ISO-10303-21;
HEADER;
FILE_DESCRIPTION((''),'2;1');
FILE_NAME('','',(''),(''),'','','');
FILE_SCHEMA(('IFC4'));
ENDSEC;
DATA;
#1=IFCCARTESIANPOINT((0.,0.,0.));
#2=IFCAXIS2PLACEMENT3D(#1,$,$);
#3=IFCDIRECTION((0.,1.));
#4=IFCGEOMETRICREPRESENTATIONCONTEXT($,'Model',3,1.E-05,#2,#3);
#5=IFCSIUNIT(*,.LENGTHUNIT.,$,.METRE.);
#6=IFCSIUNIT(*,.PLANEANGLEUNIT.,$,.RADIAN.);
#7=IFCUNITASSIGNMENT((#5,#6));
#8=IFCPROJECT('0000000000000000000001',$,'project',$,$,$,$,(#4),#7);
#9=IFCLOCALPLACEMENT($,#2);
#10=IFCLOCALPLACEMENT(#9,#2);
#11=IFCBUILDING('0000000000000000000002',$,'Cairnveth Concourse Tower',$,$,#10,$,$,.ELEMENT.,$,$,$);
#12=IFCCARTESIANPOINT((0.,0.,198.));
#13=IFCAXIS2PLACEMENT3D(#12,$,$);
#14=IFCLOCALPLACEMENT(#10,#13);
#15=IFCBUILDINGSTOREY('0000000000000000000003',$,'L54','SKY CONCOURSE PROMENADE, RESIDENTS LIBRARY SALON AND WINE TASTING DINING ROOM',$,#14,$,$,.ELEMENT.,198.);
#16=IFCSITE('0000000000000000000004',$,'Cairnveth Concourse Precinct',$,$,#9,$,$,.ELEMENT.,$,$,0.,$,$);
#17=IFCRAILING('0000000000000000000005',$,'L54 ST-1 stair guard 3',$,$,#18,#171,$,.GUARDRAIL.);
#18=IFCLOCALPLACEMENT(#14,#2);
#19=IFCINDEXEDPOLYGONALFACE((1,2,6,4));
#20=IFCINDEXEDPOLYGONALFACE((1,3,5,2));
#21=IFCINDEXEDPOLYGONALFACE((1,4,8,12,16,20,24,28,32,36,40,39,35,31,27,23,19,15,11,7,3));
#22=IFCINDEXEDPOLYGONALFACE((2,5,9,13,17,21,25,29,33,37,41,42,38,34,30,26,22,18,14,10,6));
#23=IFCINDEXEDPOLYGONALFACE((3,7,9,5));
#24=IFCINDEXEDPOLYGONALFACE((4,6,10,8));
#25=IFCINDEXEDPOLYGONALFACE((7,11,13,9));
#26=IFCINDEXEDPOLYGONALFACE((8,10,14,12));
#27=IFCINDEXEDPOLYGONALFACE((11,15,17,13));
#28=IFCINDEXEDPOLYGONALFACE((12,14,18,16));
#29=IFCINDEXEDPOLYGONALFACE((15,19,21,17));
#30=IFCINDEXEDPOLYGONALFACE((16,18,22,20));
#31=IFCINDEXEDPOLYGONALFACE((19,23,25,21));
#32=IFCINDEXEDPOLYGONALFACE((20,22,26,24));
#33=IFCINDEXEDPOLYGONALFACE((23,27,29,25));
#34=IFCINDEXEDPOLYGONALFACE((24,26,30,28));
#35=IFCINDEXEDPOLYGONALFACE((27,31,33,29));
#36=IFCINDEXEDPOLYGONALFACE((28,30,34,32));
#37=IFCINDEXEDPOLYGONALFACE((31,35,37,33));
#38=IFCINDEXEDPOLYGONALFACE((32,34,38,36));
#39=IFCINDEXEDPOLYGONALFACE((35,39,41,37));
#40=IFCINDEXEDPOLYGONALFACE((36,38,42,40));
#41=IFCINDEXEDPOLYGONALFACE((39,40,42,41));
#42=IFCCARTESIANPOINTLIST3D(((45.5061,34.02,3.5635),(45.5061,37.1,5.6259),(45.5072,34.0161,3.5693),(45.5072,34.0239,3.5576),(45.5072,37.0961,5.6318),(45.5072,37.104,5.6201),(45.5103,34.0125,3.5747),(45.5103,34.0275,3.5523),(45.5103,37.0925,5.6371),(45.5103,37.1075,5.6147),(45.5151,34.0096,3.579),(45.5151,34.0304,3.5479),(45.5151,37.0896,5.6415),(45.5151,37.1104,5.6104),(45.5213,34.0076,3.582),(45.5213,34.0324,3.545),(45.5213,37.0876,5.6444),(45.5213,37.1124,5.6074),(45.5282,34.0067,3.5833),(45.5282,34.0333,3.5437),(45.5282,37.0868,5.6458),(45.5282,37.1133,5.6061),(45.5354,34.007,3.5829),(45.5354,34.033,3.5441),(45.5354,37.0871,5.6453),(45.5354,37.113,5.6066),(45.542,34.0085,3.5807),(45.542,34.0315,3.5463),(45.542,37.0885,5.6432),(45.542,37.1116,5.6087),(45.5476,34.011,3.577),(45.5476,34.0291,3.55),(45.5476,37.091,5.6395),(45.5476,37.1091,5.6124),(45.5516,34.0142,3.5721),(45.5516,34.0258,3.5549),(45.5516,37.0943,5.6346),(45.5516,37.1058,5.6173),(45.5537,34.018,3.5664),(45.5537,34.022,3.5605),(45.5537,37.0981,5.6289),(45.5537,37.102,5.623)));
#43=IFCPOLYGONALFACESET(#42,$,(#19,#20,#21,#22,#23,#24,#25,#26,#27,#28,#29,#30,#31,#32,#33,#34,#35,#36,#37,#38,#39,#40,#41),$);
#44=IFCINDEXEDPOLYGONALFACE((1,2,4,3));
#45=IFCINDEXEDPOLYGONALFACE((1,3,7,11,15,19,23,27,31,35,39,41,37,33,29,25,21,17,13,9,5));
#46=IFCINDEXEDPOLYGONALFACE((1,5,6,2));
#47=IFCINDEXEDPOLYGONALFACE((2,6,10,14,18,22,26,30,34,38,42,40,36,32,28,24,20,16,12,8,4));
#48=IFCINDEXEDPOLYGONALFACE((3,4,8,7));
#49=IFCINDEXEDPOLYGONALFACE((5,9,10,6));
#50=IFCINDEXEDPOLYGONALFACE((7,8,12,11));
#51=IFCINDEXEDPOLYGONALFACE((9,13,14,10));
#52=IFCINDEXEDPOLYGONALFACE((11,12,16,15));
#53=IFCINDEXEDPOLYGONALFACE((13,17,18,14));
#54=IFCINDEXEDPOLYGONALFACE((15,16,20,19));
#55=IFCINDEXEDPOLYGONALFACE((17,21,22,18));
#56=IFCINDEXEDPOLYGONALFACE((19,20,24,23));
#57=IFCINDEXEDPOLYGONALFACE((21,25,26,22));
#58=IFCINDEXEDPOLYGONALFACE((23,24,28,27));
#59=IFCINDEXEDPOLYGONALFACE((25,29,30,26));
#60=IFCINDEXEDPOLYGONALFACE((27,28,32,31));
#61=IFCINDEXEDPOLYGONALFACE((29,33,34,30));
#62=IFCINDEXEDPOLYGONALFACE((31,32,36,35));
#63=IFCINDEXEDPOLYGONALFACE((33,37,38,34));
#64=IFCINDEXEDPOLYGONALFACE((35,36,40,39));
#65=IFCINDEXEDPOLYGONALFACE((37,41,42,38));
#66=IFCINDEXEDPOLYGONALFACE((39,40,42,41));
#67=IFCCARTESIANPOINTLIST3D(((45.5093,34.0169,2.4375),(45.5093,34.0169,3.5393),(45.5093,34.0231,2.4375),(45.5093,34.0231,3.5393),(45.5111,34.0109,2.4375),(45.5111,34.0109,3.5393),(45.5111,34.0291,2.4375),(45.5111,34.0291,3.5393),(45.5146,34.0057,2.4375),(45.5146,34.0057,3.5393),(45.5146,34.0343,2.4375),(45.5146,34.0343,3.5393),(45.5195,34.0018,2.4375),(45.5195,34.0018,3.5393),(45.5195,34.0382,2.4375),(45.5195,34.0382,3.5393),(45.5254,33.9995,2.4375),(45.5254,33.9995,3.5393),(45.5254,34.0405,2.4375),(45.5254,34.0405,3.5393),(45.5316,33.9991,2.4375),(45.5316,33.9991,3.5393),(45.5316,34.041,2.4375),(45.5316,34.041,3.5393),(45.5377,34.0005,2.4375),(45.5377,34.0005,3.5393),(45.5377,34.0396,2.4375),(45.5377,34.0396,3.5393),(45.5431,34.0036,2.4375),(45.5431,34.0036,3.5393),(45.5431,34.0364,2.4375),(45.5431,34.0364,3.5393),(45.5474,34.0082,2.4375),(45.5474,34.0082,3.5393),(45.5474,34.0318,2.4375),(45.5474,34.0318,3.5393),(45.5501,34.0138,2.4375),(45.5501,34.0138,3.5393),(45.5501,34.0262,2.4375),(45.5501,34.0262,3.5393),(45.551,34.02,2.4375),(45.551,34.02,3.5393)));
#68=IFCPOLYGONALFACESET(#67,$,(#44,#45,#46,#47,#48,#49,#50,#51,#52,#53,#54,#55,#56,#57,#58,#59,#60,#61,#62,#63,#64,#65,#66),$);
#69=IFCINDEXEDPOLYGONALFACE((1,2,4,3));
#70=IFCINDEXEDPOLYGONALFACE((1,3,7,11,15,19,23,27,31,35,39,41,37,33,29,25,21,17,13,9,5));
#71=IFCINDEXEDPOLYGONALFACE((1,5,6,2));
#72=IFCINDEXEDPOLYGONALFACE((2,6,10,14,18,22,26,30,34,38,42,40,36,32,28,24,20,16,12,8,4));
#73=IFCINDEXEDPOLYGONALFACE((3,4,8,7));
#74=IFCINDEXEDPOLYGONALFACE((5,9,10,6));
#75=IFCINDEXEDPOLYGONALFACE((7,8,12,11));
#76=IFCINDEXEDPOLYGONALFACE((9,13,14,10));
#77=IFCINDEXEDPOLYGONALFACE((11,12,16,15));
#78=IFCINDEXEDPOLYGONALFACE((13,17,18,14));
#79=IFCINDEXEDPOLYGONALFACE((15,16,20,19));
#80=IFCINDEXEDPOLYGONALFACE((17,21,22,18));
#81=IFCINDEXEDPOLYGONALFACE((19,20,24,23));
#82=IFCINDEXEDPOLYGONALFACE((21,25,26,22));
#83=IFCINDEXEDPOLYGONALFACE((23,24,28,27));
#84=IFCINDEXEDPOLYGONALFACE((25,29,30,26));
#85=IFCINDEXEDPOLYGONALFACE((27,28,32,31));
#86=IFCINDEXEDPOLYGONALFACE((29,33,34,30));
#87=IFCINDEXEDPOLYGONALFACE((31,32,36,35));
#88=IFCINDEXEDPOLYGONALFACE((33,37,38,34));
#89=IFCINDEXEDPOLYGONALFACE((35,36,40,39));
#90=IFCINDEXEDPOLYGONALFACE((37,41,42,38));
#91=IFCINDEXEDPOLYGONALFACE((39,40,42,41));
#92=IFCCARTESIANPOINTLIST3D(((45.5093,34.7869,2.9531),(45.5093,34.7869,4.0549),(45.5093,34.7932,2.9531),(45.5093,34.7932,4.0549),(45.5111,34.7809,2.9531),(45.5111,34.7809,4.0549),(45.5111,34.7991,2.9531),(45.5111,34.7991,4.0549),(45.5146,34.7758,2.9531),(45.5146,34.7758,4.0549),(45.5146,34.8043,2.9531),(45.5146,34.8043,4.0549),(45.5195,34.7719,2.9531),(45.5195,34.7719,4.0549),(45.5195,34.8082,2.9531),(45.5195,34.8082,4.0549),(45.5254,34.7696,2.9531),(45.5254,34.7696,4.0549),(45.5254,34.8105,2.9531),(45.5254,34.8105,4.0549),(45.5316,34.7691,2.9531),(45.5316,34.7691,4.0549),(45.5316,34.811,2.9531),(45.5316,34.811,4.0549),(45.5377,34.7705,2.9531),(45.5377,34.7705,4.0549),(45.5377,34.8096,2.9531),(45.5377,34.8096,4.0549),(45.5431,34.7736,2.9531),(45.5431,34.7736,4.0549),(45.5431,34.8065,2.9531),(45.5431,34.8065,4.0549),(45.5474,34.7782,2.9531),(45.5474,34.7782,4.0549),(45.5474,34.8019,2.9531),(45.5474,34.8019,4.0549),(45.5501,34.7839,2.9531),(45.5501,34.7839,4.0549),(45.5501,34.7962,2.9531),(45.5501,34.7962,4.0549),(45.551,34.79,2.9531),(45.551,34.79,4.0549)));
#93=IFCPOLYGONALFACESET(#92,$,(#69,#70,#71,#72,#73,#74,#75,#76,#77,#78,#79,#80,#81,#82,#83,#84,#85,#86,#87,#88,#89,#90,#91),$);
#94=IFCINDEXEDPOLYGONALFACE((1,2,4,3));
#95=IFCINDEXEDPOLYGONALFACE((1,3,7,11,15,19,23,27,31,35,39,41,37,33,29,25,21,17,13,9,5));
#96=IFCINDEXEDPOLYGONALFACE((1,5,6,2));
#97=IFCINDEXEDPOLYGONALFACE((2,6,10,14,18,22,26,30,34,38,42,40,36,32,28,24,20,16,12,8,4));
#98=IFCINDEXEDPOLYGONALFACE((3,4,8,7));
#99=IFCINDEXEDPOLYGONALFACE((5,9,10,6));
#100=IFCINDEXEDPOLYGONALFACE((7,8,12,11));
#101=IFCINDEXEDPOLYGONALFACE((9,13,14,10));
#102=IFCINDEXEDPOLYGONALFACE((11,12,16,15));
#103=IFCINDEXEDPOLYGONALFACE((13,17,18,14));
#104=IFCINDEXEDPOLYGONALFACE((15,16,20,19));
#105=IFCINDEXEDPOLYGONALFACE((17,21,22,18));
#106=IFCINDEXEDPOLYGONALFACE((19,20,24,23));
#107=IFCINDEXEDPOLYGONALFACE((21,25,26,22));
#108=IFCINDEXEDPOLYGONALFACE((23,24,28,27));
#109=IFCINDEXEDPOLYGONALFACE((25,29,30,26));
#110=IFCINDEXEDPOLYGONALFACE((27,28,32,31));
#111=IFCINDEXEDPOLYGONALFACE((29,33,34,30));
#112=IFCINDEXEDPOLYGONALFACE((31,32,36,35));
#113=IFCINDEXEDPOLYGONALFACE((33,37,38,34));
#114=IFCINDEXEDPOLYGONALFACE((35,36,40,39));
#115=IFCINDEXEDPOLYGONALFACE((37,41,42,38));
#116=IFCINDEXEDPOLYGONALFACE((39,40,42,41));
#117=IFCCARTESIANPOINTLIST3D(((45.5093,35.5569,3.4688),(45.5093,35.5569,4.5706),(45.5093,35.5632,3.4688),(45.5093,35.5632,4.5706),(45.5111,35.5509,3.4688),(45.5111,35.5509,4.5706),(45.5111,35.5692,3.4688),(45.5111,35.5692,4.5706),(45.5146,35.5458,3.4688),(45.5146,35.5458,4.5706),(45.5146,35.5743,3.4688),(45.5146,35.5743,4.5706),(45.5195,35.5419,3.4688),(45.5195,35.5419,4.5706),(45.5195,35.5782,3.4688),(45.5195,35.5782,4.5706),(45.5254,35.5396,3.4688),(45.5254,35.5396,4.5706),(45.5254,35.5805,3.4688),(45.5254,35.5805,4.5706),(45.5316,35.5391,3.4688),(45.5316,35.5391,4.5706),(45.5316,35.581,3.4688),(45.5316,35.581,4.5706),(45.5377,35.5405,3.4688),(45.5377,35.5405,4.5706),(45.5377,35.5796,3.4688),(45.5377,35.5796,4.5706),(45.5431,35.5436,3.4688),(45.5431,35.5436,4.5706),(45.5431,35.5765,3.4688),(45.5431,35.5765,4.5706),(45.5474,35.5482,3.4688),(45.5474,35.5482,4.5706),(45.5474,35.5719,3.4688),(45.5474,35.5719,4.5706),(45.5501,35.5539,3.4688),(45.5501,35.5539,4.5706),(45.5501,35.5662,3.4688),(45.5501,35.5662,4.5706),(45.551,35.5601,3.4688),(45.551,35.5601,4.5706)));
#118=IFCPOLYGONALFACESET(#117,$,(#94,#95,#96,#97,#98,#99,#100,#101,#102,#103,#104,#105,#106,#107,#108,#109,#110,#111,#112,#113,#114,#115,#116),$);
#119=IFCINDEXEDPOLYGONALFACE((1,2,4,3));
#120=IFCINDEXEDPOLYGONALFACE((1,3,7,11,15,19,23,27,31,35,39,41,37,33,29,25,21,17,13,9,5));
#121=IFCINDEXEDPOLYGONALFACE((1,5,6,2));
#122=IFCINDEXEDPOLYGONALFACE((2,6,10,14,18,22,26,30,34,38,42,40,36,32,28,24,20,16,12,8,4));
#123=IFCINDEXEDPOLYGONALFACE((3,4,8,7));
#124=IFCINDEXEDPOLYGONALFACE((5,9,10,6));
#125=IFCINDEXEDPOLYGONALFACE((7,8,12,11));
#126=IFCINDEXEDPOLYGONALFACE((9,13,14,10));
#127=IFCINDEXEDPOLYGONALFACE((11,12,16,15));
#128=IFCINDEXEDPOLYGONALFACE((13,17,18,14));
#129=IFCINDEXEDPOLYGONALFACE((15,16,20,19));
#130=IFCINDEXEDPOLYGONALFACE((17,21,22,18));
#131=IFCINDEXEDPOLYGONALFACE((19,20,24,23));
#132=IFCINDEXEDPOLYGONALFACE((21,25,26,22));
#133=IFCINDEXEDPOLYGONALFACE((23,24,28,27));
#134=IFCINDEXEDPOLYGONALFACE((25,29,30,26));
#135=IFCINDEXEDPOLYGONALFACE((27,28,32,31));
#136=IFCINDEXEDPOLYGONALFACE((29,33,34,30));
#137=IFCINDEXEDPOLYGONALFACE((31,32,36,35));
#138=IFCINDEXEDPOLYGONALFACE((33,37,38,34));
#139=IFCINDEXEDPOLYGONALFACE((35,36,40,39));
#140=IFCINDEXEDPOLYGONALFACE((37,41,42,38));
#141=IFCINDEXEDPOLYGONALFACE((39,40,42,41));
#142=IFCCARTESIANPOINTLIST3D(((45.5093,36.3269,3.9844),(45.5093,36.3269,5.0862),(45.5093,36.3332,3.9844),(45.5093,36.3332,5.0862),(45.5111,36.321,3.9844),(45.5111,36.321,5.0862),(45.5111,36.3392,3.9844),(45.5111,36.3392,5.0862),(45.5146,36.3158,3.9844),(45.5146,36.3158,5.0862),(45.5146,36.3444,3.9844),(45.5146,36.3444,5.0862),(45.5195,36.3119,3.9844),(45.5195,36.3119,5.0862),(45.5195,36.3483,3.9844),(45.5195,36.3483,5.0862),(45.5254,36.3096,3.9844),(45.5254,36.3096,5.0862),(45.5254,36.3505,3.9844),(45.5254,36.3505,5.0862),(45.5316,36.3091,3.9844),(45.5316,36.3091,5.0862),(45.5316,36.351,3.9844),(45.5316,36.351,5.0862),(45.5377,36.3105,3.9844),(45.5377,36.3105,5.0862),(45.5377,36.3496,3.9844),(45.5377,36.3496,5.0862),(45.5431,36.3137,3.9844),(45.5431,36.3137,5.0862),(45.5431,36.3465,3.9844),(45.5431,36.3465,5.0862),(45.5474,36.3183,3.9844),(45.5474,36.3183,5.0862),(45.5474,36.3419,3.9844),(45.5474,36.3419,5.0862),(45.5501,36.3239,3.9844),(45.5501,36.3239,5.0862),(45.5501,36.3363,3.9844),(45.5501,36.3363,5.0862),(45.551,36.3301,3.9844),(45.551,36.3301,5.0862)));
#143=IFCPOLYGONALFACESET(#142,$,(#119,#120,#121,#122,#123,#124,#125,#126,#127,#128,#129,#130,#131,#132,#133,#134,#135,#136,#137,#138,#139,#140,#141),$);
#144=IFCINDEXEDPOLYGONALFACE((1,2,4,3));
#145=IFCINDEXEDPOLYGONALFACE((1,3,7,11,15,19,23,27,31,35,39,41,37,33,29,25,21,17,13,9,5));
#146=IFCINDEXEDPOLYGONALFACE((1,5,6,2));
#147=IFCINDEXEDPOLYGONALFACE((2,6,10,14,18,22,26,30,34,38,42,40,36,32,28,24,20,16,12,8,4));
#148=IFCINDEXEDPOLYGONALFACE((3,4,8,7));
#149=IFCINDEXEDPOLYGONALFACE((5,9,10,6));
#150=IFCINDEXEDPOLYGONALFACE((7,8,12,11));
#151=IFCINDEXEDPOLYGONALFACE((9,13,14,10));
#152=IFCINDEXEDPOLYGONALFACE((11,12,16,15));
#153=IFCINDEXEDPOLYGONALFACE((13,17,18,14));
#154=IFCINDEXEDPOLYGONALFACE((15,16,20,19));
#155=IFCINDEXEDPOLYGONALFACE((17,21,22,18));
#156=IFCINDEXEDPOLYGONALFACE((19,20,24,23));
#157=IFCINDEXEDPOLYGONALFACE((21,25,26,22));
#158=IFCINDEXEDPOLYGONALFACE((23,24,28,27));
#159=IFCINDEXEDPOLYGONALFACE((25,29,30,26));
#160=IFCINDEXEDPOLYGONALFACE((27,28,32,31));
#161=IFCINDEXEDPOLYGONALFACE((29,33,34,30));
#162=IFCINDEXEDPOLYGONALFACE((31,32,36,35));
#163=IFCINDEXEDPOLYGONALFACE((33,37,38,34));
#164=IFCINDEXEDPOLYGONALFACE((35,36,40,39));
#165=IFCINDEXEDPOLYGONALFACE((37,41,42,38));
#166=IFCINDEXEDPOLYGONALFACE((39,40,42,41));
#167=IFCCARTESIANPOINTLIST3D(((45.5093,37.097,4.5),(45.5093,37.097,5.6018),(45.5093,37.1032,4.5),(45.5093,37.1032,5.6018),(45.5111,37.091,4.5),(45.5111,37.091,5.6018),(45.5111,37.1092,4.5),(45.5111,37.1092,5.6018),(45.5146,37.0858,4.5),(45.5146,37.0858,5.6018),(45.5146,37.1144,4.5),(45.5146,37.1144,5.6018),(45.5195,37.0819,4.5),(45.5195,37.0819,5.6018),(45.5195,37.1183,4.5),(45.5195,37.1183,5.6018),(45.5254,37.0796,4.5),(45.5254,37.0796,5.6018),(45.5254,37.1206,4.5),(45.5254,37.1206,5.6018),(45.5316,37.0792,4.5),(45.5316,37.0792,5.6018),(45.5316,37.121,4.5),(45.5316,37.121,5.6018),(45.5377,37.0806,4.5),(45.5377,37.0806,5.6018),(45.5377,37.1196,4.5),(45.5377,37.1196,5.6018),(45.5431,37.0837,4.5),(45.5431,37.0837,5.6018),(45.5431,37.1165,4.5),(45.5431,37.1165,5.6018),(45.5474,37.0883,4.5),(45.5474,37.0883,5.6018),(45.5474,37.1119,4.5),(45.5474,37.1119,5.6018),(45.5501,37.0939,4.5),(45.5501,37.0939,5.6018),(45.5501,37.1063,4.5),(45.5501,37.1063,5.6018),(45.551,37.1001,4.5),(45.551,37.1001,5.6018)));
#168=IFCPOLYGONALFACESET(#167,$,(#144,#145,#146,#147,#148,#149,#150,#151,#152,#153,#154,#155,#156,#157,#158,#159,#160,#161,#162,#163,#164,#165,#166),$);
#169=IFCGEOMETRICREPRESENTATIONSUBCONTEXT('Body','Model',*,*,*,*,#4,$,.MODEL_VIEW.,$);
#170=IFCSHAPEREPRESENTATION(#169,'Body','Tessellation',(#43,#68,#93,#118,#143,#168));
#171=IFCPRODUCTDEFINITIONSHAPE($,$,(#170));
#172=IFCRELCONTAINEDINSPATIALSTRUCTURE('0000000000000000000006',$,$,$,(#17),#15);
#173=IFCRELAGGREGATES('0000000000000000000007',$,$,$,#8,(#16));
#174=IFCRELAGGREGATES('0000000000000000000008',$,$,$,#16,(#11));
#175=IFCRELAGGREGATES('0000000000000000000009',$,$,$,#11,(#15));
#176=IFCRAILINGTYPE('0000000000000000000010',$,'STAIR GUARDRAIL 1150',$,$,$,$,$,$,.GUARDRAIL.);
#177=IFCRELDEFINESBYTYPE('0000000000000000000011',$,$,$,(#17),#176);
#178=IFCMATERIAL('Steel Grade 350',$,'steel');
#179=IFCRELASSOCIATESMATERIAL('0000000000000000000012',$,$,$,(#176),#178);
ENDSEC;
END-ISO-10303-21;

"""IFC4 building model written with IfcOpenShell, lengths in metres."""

from ifc_helpers import new_model, si_unit, direction, frame, origin, origin_2d, place, context, subcontext, project, spatial, circle, extrude, material, type_object, element, save


model = new_model("IFC4")

# Units and contexts
model_context = context("Model", 3, precision=1e-05, world=origin(), true_north=direction((0.0, 1.0)))
body_context = subcontext(model_context, "Body", "Model", "MODEL_VIEW")
ifc_project = project(units=[si_unit("LENGTHUNIT", "METRE"), si_unit("PLANEANGLEUNIT", "RADIAN")], contexts=[model_context])

# Site, building, storey
site_placement = place(None, origin())
site = spatial("IfcSite", under=ifc_project, at=site_placement, Name="Cairnveth Concourse Precinct", CompositionType="ELEMENT", RefElevation=0.0)
building_placement = place(site_placement, origin())
building = spatial("IfcBuilding", under=site, at=building_placement, Name="Cairnveth Concourse Tower", CompositionType="ELEMENT")
storey_placement = place(building_placement, frame((0.0, 0.0, 198.0)))
storey = spatial("IfcBuildingStorey", under=building, at=storey_placement, Name="L54", Description="SKY CONCOURSE PROMENADE, RESIDENTS LIBRARY SALON AND WINE TASTING DINING ROOM", CompositionType="ELEMENT", Elevation=198.0)

# Shared definitions
ifc_material_1 = material(Name="Steel Grade 350", Category="steel")

# Railing
railing_type_1 = type_object("IfcRailingType", Name="STAIR GUARDRAIL 1150", PredefinedType="GUARDRAIL", material=ifc_material_1)
railing_1_placement = place(storey_placement, frame((45.53, 34.02, 2.4375)))
element("IfcRailing", 1, at=railing_1_placement, inside=storey, type_object=railing_type_1, Name="L54 ST-1 stair guard 3", PredefinedType="GUARDRAIL", context=body_context, shape_type="SweptSolid", body=[
    extrude(circle(Radius=0.0239, at=origin_2d()), frame((0.0, 0.0, 1.126), z_axis=(0.0, 0.830914, 0.556401), x_axis=(-1.0, 0.0, 0.0)), (0.0, 0.0, 1.0), 3.7068),
    extrude(circle(Radius=0.021, at=origin_2d()), origin(), (0.0, 0.0, 1.0), 1.1018),
    extrude(circle(Radius=0.021, at=origin_2d()), frame((0.0, 0.77, 0.5156)), (0.0, 0.0, 1.0), 1.1018),
    extrude(circle(Radius=0.021, at=origin_2d()), frame((0.0, 1.54, 1.0312)), (0.0, 0.0, 1.0), 1.1018),
    extrude(circle(Radius=0.021, at=origin_2d()), frame((0.0, 2.3101, 1.5469)), (0.0, 0.0, 1.0), 1.1018),
    extrude(circle(Radius=0.021, at=origin_2d()), frame((0.0, 3.0801, 2.0625)), (0.0, 0.0, 1.0), 1.1018),
])

save(model, "model.ifc")
